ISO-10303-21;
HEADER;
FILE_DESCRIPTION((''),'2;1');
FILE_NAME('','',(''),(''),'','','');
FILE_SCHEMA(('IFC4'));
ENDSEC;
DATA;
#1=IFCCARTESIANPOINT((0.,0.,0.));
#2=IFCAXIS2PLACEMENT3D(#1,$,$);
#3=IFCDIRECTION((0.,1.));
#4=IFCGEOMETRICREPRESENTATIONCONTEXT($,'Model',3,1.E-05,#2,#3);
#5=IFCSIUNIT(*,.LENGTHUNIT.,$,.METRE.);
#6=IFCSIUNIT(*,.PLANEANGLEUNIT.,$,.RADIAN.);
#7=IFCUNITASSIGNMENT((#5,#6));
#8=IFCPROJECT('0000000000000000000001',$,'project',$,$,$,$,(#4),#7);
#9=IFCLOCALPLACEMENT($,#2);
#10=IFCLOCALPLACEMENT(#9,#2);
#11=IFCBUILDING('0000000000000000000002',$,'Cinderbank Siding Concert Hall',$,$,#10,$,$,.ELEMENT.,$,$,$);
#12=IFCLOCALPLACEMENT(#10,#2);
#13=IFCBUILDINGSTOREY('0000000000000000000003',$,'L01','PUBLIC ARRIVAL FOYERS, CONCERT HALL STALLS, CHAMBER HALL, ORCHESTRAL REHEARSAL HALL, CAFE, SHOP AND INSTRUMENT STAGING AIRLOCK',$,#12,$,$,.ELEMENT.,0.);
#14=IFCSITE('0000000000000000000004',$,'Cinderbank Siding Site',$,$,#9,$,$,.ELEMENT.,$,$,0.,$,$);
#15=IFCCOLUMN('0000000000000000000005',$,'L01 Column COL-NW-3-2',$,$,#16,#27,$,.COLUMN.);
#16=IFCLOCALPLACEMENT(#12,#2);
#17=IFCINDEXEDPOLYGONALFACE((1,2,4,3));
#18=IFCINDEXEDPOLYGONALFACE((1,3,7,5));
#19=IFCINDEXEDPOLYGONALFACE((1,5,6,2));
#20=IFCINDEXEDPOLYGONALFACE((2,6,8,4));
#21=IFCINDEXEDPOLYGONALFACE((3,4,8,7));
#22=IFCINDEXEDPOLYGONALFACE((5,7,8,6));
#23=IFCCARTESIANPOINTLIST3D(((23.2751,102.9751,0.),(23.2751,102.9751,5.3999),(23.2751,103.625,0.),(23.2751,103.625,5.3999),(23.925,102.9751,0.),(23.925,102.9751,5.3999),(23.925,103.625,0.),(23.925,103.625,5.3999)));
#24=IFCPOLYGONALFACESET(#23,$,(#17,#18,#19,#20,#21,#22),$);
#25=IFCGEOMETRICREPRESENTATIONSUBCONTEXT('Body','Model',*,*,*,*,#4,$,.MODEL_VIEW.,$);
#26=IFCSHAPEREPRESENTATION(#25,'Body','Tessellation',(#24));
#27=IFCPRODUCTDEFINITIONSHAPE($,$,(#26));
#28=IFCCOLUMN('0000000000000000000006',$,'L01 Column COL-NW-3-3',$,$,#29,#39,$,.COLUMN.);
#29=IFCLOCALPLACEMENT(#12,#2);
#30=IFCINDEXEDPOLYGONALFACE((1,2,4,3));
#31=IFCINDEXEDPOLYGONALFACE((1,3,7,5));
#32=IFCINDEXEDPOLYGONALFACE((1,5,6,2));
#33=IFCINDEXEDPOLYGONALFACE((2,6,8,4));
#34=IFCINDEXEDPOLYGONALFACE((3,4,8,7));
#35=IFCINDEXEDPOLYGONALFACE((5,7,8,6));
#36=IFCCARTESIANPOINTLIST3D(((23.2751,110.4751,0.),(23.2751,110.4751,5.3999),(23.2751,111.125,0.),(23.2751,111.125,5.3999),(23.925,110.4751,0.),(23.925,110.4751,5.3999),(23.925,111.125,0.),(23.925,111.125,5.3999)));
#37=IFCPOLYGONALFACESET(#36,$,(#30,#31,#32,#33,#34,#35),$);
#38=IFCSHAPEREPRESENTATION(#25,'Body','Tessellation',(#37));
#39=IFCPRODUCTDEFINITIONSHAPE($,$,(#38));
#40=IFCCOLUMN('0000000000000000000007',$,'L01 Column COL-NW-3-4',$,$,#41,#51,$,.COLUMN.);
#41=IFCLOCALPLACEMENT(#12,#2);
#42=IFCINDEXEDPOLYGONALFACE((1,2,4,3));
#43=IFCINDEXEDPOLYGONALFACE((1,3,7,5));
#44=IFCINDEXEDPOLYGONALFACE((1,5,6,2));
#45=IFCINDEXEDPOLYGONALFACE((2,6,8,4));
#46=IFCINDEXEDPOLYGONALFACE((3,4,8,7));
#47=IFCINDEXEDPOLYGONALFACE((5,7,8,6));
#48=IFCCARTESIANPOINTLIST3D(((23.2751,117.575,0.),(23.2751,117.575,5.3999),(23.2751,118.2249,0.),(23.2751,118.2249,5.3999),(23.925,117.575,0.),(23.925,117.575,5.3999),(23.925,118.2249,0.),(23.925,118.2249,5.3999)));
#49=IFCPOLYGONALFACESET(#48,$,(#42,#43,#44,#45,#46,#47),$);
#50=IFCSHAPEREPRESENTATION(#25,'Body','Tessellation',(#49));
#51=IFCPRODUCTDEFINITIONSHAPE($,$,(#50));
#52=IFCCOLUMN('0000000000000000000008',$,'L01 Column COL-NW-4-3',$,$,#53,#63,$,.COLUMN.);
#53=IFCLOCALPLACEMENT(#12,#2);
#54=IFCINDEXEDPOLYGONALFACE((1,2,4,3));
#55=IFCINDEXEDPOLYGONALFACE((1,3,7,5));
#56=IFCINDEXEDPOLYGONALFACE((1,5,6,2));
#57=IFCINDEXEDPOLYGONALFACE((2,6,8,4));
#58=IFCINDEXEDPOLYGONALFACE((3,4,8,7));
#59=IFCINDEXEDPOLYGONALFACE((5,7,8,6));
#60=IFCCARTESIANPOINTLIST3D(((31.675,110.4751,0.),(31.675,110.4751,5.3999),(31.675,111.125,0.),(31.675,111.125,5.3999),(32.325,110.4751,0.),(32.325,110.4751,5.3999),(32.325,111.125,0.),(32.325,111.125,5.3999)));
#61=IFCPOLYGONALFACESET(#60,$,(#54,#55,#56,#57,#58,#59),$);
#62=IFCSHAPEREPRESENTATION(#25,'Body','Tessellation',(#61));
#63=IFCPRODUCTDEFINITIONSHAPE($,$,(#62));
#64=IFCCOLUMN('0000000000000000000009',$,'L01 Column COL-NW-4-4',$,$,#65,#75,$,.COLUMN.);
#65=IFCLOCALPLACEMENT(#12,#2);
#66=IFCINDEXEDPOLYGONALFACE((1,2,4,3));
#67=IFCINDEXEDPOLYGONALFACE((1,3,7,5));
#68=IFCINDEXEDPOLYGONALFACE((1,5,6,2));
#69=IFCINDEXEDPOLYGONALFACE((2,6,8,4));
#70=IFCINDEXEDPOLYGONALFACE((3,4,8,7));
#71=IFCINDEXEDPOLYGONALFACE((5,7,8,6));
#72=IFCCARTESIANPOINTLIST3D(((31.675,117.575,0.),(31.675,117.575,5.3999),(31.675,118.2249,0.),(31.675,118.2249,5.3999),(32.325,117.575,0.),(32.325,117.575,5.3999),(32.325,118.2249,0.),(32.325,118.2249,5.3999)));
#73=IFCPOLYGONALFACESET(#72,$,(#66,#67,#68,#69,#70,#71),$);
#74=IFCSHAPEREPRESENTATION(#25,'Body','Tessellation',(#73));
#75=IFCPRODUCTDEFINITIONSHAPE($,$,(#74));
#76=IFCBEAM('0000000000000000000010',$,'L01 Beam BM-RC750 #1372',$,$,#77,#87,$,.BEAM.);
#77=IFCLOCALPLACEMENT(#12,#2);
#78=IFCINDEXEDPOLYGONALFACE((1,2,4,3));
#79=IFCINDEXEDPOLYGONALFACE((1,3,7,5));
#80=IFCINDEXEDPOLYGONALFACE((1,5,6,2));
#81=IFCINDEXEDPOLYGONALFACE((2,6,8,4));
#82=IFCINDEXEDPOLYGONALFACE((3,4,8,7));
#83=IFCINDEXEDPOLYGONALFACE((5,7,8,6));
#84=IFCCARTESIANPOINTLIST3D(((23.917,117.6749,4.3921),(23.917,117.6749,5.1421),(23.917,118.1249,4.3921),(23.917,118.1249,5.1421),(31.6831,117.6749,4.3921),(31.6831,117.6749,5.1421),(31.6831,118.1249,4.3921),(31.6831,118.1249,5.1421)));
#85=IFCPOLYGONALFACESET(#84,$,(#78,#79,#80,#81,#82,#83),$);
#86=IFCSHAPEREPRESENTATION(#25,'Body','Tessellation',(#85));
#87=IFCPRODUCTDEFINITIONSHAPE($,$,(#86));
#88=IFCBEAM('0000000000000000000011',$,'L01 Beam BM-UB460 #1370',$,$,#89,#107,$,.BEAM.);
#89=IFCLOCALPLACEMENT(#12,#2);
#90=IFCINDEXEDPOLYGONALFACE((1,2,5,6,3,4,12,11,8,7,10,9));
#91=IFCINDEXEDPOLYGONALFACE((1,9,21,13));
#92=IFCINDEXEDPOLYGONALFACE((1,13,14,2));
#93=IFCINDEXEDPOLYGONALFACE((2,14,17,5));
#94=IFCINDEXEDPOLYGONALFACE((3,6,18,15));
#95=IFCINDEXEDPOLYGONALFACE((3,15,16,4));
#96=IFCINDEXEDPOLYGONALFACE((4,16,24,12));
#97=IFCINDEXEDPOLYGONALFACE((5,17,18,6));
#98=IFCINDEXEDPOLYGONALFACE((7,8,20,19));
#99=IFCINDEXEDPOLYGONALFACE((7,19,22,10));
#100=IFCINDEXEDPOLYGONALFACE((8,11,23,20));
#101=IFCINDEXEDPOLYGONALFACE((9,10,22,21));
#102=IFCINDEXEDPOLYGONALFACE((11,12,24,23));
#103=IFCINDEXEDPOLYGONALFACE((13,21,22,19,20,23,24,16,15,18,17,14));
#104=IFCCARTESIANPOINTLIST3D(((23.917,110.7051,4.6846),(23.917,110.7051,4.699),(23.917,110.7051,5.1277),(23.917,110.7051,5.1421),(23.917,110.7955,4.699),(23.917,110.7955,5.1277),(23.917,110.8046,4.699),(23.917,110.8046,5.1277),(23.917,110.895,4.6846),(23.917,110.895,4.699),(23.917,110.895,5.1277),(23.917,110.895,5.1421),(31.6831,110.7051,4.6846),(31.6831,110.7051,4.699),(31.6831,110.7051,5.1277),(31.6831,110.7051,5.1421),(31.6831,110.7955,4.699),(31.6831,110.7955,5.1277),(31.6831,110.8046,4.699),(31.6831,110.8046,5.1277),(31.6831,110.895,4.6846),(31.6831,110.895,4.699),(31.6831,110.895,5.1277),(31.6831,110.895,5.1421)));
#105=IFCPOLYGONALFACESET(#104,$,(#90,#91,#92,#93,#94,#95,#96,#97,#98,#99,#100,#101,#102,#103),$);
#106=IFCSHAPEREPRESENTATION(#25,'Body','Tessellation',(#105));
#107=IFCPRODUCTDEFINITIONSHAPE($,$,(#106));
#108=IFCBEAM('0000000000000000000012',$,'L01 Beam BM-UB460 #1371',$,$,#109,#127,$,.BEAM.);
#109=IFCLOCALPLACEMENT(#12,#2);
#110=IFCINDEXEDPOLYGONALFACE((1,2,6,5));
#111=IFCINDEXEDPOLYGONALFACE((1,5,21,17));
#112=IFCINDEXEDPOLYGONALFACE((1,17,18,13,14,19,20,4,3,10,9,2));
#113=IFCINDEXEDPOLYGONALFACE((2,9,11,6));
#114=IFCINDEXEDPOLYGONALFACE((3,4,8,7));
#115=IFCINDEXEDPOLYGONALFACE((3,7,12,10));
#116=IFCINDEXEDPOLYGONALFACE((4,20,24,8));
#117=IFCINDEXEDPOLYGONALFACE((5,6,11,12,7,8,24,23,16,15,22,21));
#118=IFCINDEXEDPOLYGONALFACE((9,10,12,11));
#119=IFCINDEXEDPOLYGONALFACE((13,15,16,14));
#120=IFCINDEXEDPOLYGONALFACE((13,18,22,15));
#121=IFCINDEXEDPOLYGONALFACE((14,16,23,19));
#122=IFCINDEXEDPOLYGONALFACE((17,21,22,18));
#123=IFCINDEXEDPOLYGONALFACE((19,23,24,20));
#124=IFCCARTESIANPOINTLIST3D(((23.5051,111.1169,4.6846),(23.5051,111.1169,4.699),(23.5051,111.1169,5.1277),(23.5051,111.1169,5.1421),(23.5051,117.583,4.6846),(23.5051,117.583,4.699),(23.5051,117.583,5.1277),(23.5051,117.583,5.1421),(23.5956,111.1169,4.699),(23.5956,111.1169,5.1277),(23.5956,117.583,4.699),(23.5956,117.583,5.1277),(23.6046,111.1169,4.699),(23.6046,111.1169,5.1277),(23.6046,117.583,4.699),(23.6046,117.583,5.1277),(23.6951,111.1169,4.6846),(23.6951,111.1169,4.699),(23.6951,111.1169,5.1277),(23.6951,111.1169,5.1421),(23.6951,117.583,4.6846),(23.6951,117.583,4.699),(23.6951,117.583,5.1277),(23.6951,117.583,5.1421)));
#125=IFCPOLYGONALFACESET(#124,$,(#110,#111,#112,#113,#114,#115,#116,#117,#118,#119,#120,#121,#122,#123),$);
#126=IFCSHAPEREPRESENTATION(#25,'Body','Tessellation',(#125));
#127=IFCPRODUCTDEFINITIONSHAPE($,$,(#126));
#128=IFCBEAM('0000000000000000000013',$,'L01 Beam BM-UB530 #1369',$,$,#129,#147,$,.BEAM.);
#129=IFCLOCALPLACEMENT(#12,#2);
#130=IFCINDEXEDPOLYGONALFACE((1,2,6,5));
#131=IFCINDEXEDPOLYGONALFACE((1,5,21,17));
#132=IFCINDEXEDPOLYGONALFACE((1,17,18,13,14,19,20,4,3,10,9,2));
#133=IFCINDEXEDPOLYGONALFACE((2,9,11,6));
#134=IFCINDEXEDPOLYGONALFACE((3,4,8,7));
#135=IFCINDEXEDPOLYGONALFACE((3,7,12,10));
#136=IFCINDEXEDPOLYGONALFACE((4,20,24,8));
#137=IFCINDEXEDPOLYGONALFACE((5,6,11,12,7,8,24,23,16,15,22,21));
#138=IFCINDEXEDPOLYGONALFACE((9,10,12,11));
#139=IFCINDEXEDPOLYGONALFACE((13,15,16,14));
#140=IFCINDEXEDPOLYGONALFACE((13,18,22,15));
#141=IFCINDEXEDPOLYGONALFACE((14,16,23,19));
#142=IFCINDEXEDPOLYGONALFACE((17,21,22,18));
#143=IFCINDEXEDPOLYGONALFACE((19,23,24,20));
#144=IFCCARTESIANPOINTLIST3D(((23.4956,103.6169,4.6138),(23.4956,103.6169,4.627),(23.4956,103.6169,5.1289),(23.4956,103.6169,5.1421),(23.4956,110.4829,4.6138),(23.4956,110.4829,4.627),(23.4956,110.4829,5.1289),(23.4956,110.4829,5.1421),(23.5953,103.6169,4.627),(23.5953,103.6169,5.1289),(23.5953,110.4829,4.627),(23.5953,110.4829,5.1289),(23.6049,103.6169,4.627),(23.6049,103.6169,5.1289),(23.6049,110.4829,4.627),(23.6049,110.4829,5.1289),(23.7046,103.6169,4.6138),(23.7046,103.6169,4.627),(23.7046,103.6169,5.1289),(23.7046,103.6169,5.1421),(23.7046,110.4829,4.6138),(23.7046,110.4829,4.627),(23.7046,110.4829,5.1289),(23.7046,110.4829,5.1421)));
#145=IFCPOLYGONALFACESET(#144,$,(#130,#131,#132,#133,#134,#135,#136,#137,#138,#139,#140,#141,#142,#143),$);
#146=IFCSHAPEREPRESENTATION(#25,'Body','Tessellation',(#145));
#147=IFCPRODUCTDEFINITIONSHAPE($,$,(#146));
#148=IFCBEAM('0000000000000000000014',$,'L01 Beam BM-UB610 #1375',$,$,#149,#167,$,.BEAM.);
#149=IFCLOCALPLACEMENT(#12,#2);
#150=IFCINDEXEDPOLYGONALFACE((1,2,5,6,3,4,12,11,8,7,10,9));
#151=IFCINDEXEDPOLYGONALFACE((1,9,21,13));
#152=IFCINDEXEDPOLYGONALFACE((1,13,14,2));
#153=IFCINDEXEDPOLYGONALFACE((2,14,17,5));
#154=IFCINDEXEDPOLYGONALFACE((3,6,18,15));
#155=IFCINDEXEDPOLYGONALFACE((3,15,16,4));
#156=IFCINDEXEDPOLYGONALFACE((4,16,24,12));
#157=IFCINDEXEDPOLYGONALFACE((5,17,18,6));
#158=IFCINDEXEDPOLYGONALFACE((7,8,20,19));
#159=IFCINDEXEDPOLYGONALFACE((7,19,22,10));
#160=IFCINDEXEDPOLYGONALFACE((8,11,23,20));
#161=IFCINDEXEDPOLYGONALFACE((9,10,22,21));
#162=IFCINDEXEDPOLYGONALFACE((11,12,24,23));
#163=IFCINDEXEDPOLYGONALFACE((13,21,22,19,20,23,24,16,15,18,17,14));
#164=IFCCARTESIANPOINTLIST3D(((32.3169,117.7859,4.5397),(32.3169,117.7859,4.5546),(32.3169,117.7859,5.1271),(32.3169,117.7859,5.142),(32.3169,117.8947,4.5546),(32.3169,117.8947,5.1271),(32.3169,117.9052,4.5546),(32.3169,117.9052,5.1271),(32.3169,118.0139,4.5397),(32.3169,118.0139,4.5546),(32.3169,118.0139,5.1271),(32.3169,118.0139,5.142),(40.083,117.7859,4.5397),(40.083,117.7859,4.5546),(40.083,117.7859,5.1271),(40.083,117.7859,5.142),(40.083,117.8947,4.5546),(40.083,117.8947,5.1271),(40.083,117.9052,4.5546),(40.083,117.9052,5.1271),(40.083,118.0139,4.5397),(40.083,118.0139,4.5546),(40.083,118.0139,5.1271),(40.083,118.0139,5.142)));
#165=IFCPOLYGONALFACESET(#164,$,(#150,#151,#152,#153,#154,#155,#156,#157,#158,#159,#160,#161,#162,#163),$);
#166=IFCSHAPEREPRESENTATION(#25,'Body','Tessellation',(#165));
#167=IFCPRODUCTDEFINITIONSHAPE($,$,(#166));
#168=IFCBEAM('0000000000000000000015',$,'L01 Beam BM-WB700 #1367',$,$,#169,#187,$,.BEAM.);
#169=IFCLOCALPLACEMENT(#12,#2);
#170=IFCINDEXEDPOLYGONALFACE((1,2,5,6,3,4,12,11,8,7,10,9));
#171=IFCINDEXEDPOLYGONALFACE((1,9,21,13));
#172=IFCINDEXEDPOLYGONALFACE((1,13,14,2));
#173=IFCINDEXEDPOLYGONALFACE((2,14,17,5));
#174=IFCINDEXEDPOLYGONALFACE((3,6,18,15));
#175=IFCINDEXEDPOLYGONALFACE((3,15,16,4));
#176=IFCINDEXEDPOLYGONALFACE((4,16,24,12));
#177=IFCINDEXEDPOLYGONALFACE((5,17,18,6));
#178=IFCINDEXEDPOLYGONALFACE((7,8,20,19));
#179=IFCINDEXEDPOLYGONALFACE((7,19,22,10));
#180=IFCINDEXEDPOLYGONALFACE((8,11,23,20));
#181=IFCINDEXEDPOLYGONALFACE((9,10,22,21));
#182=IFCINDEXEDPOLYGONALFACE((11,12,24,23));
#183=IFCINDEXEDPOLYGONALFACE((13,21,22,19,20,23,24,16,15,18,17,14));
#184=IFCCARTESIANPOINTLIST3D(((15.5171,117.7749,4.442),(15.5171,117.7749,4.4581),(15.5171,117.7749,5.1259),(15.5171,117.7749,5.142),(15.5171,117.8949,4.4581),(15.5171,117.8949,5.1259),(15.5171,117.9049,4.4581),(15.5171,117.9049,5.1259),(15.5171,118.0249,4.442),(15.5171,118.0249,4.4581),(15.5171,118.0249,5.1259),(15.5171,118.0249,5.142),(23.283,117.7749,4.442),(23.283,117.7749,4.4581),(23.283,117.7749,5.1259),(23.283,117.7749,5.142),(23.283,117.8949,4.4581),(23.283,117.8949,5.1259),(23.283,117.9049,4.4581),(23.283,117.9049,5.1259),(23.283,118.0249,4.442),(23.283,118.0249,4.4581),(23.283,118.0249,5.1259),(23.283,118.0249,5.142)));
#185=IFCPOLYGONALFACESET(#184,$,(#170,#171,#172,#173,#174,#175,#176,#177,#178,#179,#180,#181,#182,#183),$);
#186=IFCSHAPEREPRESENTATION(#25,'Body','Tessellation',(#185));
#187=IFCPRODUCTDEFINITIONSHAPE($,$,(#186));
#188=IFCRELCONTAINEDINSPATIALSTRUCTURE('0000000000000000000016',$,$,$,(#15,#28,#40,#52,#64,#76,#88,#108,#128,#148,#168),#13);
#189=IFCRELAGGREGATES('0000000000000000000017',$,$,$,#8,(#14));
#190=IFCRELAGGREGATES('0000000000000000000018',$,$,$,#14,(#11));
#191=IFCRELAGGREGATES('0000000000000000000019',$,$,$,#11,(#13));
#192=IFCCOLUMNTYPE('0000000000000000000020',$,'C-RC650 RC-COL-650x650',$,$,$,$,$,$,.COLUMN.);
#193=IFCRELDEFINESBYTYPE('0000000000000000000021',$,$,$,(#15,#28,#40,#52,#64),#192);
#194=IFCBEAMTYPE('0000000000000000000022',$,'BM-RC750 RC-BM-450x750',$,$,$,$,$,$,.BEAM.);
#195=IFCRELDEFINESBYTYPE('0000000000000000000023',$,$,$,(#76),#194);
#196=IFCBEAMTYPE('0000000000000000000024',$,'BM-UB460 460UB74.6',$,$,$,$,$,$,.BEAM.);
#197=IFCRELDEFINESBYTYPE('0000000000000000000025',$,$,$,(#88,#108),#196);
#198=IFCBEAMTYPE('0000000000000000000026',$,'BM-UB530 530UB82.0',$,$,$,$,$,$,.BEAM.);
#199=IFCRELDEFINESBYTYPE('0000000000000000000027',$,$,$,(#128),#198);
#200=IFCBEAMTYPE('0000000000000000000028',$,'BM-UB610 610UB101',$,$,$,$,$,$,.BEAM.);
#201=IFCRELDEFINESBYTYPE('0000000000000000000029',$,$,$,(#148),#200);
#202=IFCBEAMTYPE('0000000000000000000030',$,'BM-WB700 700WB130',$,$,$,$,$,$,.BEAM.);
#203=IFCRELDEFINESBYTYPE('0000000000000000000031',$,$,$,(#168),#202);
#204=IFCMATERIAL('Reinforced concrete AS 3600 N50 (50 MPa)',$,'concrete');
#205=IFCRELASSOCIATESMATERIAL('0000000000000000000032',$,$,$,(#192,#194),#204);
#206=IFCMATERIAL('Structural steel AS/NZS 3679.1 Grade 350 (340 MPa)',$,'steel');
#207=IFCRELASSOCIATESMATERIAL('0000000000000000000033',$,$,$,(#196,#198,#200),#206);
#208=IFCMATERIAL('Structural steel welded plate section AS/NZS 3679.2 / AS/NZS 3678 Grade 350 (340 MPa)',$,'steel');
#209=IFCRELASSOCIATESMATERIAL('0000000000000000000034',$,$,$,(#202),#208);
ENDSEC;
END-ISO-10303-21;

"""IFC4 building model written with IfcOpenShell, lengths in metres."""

from ifc_helpers import new_model, si_unit, direction, frame, origin, origin_2d, place, context, subcontext, project, spatial, rectangle, i_section, extrude, material, material_profile, profile_set, type_object, element, save


model = new_model("IFC4")

# Units and contexts
model_context = context("Model", 3, precision=1e-05, world=origin(), true_north=direction((0.0, 1.0)))
body_context = subcontext(model_context, "Body", "Model", "MODEL_VIEW")
ifc_project = project(units=[si_unit("LENGTHUNIT", "METRE"), si_unit("PLANEANGLEUNIT", "RADIAN")], contexts=[model_context])

# Site, building, storey
site_placement = place(None, origin())
site = spatial("IfcSite", under=ifc_project, at=site_placement, Name="Cinderbank Siding Site", CompositionType="ELEMENT", RefElevation=0.0)
building_placement = place(site_placement, origin())
building = spatial("IfcBuilding", under=site, at=building_placement, Name="Cinderbank Siding Concert Hall", CompositionType="ELEMENT")
storey_placement = place(building_placement, origin())
storey = spatial("IfcBuildingStorey", under=building, at=storey_placement, Name="L01", Description="PUBLIC ARRIVAL FOYERS, CONCERT HALL STALLS, CHAMBER HALL, ORCHESTRAL REHEARSAL HALL, CAFE, SHOP AND INSTRUMENT STAGING AIRLOCK", CompositionType="ELEMENT", Elevation=0.0)

# Columns
ifc_material_1 = material(Name="Reinforced concrete AS 3600 N50 (50 MPa)", Category="concrete")
ifc_material_profile_1 = material_profile(ifc_material_1, rectangle(XDim=0.6499, YDim=0.6499, at=origin_2d()), Name="RC-COL-650x650", Category="LoadBearing")
ifc_profile_set_1 = profile_set([ifc_material_profile_1], Name="Reinforced concrete AS 3600 N50 (50 MPa)")
column_type = type_object("IfcColumnType", Name="C-RC650 RC-COL-650x650", PredefinedType="COLUMN", material=ifc_profile_set_1)
for number, where, z_axis, x_axis, name in (
    (1, (23.6001, 103.3, 0.0), (0.0, 0.0, 1.0), (1.0, 0.0, 0.0), "L01 Column COL-NW-3-2"),
    (2, (23.6001, 110.8, 0.0), (0.0, 0.0, 1.0), (1.0, 0.0, 0.0), "L01 Column COL-NW-3-3"),
    (3, (23.6001, 117.8999, 0.0), (0.0, 0.0, 1.0), (1.0, 0.0, 0.0), "L01 Column COL-NW-3-4"),
    (4, (32.0, 110.8, 0.0), (0.0, 0.0, 1.0), (1.0, 0.0, 0.0), "L01 Column COL-NW-4-3"),
    (5, (32.0, 117.8999, 0.0), (0.0, 0.0, 1.0), (1.0, 0.0, 0.0), "L01 Column COL-NW-4-4"),
):
    element("IfcColumn", number, at=place(storey_placement, frame(where, z_axis=z_axis, x_axis=x_axis)), inside=storey, type_object=column_type, Name=name, PredefinedType="COLUMN", context=body_context, shape_type="SweptSolid", body=[
        extrude(rectangle(XDim=0.6499, YDim=0.6499, at=origin_2d()), origin(), (0.0, 0.0, 1.0), 5.3999),
    ])

# Beams
ifc_material_profile_2 = material_profile(ifc_material_1, rectangle(XDim=0.45, YDim=0.75, at=origin_2d()), Name="RC-BM-450x750", Category="LoadBearing")
ifc_profile_set_2 = profile_set([ifc_material_profile_2], Name="Reinforced concrete AS 3600 N50 (50 MPa)")
beam_type_1 = type_object("IfcBeamType", Name="BM-RC750 RC-BM-450x750", PredefinedType="BEAM", material=ifc_profile_set_2)
beam_1_placement = place(storey_placement, frame((23.917, 117.8999, 4.7671), z_axis=(1.0, 0.0, 0.0), x_axis=(0.0, 1.0, 0.0)))
element("IfcBeam", 6, at=beam_1_placement, inside=storey, type_object=beam_type_1, Name="L01 Beam BM-RC750 #1372", PredefinedType="BEAM", context=body_context, shape_type="SweptSolid", body=[
    extrude(rectangle(XDim=0.45, YDim=0.75, at=origin_2d()), origin(), (0.0, 0.0, 1.0), 7.7661),
])
ifc_material_2 = material(Name="Structural steel AS/NZS 3679.1 Grade 350 (340 MPa)", Category="steel")
ifc_material_profile_3 = material_profile(ifc_material_2, i_section(OverallWidth=0.1899, OverallDepth=0.4575, WebThickness=0.009, FlangeThickness=0.0144, at=origin_2d()), Name="460UB74.6", Category="LoadBearing")
ifc_profile_set_3 = profile_set([ifc_material_profile_3], Name="Structural steel AS/NZS 3679.1 Grade 350 (340 MPa)")
beam_type_2 = type_object("IfcBeamType", Name="BM-UB460 460UB74.6", PredefinedType="BEAM", material=ifc_profile_set_3)
beam_2_placement = place(storey_placement, frame((23.917, 110.8, 4.9133), z_axis=(1.0, 0.0, 0.0), x_axis=(0.0, 1.0, 0.0)))
element("IfcBeam", 7, at=beam_2_placement, inside=storey, type_object=beam_type_2, Name="L01 Beam BM-UB460 #1370", PredefinedType="BEAM", context=body_context, shape_type="SweptSolid", body=[
    extrude(i_section(OverallWidth=0.1899, OverallDepth=0.4575, WebThickness=0.009, FlangeThickness=0.0144, at=origin_2d()), origin(), (0.0, 0.0, 1.0), 7.7661),
])
beam_3_placement = place(storey_placement, frame((23.6001, 111.1169, 4.9133), z_axis=(0.0, 1.0, 0.0), x_axis=(-1.0, 0.0, 0.0)))
element("IfcBeam", 8, at=beam_3_placement, inside=storey, type_object=beam_type_2, Name="L01 Beam BM-UB460 #1371", PredefinedType="BEAM", context=body_context, shape_type="SweptSolid", body=[
    extrude(i_section(OverallWidth=0.1899, OverallDepth=0.4575, WebThickness=0.009, FlangeThickness=0.0144, at=origin_2d()), origin(), (0.0, 0.0, 1.0), 6.4661),
])
ifc_material_profile_4 = material_profile(ifc_material_2, i_section(OverallWidth=0.209, OverallDepth=0.5283, WebThickness=0.0095, FlangeThickness=0.0132, at=origin_2d()), Name="530UB82.0", Category="LoadBearing")
ifc_profile_set_4 = profile_set([ifc_material_profile_4], Name="Structural steel AS/NZS 3679.1 Grade 350 (340 MPa)")
beam_type_3 = type_object("IfcBeamType", Name="BM-UB530 530UB82.0", PredefinedType="BEAM", material=ifc_profile_set_4)
beam_4_placement = place(storey_placement, frame((23.6001, 103.6169, 4.8779), z_axis=(0.0, 1.0, 0.0), x_axis=(-1.0, 0.0, 0.0)))
element("IfcBeam", 9, at=beam_4_placement, inside=storey, type_object=beam_type_3, Name="L01 Beam BM-UB530 #1369", PredefinedType="BEAM", context=body_context, shape_type="SweptSolid", body=[
    extrude(i_section(OverallWidth=0.209, OverallDepth=0.5283, WebThickness=0.0095, FlangeThickness=0.0132, at=origin_2d()), origin(), (0.0, 0.0, 1.0), 6.866),
])
ifc_material_profile_5 = material_profile(ifc_material_2, i_section(OverallWidth=0.228, OverallDepth=0.6023, WebThickness=0.0105, FlangeThickness=0.0149, at=origin_2d()), Name="610UB101", Category="LoadBearing")
ifc_profile_set_5 = profile_set([ifc_material_profile_5], Name="Structural steel AS/NZS 3679.1 Grade 350 (340 MPa)")
beam_type_4 = type_object("IfcBeamType", Name="BM-UB610 610UB101", PredefinedType="BEAM", material=ifc_profile_set_5)
beam_5_placement = place(storey_placement, frame((32.3169, 117.8999, 4.8408), z_axis=(1.0, 0.0, 0.0), x_axis=(0.0, 1.0, 0.0)))
element("IfcBeam", 10, at=beam_5_placement, inside=storey, type_object=beam_type_4, Name="L01 Beam BM-UB610 #1375", PredefinedType="BEAM", context=body_context, shape_type="SweptSolid", body=[
    extrude(i_section(OverallWidth=0.228, OverallDepth=0.6023, WebThickness=0.0105, FlangeThickness=0.0149, at=origin_2d()), origin(), (0.0, 0.0, 1.0), 7.7661),
])
ifc_material_3 = material(Name="Structural steel welded plate section AS/NZS 3679.2 / AS/NZS 3678 Grade 350 (340 MPa)", Category="steel")
ifc_material_profile_6 = material_profile(ifc_material_3, i_section(OverallWidth=0.25, OverallDepth=0.7, WebThickness=0.01, FlangeThickness=0.0161, at=origin_2d()), Name="700WB130", Category="LoadBearing")
ifc_profile_set_6 = profile_set([ifc_material_profile_6], Name="Structural steel welded plate section AS/NZS 3679.2 / AS/NZS 3678 Grade 350 (340 MPa)")
beam_type_5 = type_object("IfcBeamType", Name="BM-WB700 700WB130", PredefinedType="BEAM", material=ifc_profile_set_6)
beam_6_placement = place(storey_placement, frame((15.5171, 117.8999, 4.792), z_axis=(1.0, 0.0, 0.0), x_axis=(0.0, 1.0, 0.0)))
element("IfcBeam", 11, at=beam_6_placement, inside=storey, type_object=beam_type_5, Name="L01 Beam BM-WB700 #1367", PredefinedType="BEAM", context=body_context, shape_type="SweptSolid", body=[
    extrude(i_section(OverallWidth=0.25, OverallDepth=0.7, WebThickness=0.01, FlangeThickness=0.0161, at=origin_2d()), origin(), (0.0, 0.0, 1.0), 7.7659),
])

save(model, "model.ifc")
